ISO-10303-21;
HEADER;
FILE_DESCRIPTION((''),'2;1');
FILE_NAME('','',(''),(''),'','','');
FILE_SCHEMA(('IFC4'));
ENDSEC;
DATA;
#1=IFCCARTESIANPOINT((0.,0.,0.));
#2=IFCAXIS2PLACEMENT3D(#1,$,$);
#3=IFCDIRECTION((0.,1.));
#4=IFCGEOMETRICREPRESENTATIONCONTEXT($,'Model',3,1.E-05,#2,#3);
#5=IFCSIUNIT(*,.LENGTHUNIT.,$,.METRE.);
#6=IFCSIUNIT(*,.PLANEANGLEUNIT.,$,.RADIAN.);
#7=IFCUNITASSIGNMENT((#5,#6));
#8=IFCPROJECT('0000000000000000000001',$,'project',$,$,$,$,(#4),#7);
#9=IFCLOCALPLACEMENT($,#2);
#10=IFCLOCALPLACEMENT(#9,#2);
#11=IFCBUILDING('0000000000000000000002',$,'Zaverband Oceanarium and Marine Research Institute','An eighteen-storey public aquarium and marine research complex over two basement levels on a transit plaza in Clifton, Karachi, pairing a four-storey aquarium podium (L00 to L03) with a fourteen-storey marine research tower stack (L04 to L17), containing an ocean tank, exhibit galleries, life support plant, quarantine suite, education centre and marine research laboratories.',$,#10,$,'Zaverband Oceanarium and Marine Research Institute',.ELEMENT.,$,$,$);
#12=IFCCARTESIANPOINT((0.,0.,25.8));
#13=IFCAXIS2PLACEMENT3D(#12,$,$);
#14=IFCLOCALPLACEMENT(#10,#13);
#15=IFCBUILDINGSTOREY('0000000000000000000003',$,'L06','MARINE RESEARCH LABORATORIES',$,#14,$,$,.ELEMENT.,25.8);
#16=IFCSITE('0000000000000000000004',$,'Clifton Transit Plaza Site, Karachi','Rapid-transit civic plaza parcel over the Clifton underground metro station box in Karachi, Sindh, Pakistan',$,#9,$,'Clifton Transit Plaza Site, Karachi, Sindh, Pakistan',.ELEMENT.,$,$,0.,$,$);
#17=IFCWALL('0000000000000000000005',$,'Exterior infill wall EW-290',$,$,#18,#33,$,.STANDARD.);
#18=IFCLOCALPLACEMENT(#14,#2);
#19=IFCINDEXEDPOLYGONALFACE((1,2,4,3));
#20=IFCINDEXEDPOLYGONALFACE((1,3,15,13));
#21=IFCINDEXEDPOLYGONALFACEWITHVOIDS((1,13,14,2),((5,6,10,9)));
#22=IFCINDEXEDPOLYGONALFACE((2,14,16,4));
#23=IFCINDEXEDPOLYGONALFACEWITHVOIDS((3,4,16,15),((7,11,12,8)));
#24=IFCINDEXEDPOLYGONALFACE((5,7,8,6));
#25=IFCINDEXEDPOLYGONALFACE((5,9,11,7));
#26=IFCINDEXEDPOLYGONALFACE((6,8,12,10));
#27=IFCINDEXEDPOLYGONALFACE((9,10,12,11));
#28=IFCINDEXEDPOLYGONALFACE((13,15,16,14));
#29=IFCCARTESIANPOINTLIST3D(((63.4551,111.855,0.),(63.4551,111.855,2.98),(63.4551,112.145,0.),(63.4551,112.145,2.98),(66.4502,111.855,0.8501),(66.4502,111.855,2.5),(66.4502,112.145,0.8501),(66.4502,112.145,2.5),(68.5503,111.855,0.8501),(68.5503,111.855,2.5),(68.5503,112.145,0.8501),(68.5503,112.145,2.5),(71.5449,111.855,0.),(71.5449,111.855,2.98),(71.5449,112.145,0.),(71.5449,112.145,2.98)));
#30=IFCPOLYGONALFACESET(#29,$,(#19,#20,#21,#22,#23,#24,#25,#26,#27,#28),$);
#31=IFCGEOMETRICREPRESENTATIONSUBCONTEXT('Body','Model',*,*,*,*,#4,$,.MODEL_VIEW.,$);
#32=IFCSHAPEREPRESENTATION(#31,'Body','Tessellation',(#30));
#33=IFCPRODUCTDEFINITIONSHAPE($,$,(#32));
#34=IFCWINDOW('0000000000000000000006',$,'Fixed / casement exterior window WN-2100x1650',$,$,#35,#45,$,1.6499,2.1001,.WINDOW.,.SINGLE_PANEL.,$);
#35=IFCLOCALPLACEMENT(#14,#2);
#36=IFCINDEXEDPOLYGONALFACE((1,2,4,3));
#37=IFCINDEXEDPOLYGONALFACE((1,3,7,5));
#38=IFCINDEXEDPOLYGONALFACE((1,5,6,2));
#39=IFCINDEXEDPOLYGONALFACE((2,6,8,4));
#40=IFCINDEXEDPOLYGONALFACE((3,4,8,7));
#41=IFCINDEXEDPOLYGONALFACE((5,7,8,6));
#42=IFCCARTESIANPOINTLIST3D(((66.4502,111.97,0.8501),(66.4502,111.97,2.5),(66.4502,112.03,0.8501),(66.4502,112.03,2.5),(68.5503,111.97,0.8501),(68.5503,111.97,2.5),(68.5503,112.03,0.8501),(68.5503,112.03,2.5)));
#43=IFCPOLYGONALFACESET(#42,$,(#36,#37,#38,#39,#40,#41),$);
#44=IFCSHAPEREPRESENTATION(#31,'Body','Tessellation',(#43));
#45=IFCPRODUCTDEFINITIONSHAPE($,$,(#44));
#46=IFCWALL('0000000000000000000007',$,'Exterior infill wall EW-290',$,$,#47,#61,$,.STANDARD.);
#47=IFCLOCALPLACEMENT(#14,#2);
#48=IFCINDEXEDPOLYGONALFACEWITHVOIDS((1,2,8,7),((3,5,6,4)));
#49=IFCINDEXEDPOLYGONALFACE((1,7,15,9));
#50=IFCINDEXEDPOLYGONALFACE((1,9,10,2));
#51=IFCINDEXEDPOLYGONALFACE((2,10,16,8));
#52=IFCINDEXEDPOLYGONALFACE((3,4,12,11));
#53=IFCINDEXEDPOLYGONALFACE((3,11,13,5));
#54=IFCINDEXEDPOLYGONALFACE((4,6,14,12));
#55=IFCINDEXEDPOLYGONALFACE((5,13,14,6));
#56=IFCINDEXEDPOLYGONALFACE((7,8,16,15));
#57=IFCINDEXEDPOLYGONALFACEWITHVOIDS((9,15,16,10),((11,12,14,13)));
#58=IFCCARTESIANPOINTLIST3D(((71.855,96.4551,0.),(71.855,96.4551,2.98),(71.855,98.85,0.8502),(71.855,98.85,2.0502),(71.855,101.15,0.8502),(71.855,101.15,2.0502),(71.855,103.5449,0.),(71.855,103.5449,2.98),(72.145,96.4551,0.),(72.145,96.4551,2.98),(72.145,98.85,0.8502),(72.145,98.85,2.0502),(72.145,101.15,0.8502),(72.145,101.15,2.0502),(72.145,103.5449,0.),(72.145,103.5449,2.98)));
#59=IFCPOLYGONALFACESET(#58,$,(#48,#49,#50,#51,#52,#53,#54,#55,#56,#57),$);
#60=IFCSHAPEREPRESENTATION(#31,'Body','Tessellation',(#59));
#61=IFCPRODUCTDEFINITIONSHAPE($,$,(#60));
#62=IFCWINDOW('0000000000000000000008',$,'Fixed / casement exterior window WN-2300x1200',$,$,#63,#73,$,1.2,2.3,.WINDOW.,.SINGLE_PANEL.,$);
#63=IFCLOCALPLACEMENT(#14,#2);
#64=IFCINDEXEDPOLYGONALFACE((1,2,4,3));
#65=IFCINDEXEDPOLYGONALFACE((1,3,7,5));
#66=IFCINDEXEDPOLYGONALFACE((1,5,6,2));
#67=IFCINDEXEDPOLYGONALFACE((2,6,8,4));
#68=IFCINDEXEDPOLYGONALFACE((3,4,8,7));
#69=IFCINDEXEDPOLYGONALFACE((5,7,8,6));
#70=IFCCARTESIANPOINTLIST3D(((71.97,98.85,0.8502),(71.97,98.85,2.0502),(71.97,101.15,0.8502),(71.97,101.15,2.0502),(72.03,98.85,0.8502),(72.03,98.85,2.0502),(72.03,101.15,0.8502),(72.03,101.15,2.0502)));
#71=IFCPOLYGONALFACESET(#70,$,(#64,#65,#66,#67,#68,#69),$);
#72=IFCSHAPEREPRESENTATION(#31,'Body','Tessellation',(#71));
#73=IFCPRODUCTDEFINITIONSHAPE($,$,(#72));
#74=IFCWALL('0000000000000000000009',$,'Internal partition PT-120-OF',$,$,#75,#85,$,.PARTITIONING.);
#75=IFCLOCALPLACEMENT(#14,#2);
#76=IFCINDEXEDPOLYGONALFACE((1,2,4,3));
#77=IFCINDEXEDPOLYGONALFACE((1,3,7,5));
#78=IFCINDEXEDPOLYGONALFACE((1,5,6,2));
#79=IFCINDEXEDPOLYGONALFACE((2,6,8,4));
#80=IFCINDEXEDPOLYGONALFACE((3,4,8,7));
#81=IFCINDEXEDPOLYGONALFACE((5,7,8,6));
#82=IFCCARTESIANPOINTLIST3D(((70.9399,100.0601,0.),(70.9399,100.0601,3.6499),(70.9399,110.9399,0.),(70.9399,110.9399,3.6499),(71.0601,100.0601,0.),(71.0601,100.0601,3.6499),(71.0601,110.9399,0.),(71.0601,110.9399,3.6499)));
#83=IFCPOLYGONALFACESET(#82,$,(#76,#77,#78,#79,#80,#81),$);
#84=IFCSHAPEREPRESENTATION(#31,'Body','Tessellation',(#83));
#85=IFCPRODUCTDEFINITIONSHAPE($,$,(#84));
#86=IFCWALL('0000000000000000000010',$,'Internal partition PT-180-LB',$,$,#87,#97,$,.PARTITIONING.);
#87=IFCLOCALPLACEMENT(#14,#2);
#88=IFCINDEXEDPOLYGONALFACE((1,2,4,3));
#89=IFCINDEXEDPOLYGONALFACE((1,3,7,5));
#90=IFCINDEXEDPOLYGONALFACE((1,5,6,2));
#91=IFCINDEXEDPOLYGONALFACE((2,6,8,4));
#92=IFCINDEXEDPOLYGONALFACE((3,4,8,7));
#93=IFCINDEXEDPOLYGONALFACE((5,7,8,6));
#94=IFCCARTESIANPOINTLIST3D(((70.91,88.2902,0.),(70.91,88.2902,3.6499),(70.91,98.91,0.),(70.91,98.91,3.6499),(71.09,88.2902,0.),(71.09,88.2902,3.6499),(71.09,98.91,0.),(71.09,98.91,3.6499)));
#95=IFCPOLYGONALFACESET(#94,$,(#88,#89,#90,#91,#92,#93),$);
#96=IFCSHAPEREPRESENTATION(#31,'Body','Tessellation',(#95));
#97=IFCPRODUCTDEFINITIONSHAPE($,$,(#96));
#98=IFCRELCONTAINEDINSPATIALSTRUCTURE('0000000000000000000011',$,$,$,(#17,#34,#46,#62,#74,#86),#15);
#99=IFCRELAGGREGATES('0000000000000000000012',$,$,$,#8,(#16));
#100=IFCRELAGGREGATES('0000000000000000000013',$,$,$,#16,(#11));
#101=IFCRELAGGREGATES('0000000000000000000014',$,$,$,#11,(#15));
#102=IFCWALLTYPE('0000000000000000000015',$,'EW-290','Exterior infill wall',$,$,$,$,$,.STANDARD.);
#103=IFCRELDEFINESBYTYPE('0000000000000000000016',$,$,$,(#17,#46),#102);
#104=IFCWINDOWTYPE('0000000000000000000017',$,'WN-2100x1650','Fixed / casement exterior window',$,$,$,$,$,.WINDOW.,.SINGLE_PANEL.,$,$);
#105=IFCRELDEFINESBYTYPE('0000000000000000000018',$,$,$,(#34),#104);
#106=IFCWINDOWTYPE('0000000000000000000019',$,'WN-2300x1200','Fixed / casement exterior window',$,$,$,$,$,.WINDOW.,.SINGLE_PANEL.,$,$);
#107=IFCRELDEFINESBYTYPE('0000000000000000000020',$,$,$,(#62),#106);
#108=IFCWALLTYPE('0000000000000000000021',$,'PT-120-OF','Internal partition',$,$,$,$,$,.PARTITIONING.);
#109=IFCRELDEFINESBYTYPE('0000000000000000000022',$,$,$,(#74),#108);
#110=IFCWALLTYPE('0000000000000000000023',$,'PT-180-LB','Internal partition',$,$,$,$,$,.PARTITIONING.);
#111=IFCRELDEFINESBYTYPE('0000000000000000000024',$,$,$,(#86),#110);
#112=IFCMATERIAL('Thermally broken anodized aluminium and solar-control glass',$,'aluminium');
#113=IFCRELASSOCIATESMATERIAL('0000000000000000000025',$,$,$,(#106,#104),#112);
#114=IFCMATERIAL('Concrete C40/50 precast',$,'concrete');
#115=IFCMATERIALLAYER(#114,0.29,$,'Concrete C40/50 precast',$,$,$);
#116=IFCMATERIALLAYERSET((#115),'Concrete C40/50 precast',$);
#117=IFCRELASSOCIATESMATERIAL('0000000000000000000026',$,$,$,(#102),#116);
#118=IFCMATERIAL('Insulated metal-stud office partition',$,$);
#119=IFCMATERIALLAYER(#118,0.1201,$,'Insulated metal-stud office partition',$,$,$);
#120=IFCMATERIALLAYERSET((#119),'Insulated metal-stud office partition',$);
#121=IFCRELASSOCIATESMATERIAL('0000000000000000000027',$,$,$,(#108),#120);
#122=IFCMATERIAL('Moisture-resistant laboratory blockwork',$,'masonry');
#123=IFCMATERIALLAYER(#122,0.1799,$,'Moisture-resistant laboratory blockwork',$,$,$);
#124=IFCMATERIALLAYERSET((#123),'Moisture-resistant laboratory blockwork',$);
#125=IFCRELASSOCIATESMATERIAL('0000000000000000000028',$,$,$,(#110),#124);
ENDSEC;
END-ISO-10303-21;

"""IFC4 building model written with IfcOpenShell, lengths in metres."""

from ifc_helpers import new_model, si_unit, direction, frame, frame_2d, origin, place, context, subcontext, project, spatial, rectangle, extrude, material, layer, layer_set, type_object, element, fill, save


model = new_model("IFC4")

# Units and contexts
model_context = context("Model", 3, precision=1e-05, world=origin(), true_north=direction((0.0, 1.0)))
body_context = subcontext(model_context, "Body", "Model", "MODEL_VIEW")
ifc_project = project(units=[si_unit("LENGTHUNIT", "METRE"), si_unit("PLANEANGLEUNIT", "RADIAN")], contexts=[model_context])

# Site, building, storey
site_placement = place(None, origin())
site = spatial("IfcSite", under=ifc_project, at=site_placement, Name="Clifton Transit Plaza Site, Karachi", Description="Rapid-transit civic plaza parcel over the Clifton underground metro station box in Karachi, Sindh, Pakistan", LongName="Clifton Transit Plaza Site, Karachi, Sindh, Pakistan", CompositionType="ELEMENT", RefElevation=0.0)
building_placement = place(site_placement, origin())
building = spatial("IfcBuilding", under=site, at=building_placement, Name="Zaverband Oceanarium and Marine Research Institute", Description="An eighteen-storey public aquarium and marine research complex over two basement levels on a transit plaza in Clifton, Karachi, pairing a four-storey aquarium podium (L00 to L03) with a fourteen-storey marine research tower stack (L04 to L17), containing an ocean tank, exhibit galleries, life support plant, quarantine suite, education centre and marine research laboratories.", LongName="Zaverband Oceanarium and Marine Research Institute", CompositionType="ELEMENT")
storey_placement = place(building_placement, frame((0.0, 0.0, 25.8)))
storey = spatial("IfcBuildingStorey", under=building, at=storey_placement, Name="L06", Description="MARINE RESEARCH LABORATORIES", CompositionType="ELEMENT", Elevation=25.8)

# Walls, openings, windows
ifc_material_1 = material(Name="Concrete C40/50 precast", Category="concrete")
ifc_material_2 = material(Name="Thermally broken anodized aluminium and solar-control glass", Category="aluminium")
window_type_1 = type_object("IfcWindowType", Name="WN-2300x1200", Description="Fixed / casement exterior window", PartitioningType="SINGLE_PANEL", PredefinedType="WINDOW", material=ifc_material_2)
ifc_layer_1 = layer(ifc_material_1, 0.29, Name="Concrete C40/50 precast")
ifc_layer_set_1 = layer_set([ifc_layer_1], Name="Concrete C40/50 precast")
wall_type_1 = type_object("IfcWallType", Name="EW-290", Description="Exterior infill wall", PredefinedType="STANDARD", material=ifc_layer_set_1)
wall_1_placement = place(storey_placement, frame((63.4551, 112.0, 0.0), z_axis=(0.0, 0.0, 1.0), x_axis=(1.0, 0.0, 0.0)))
wall_1 = element("IfcWall", 1, at=wall_1_placement, inside=storey, type_object=wall_type_1, Name="Exterior infill wall EW-290", PredefinedType="STANDARD", context=body_context, shape_type="SweptSolid", body=[
    extrude(rectangle(XDim=8.0898, YDim=0.29, at=frame_2d((4.0449, 0.0))), origin(), (0.0, 0.0, 1.0), 2.98),
])
opening_1_placement = place(wall_1_placement, frame((2.9951, 0.0, 0.8501)))
opening_1 = element("IfcOpeningElement", 2, at=opening_1_placement, cuts=wall_1, PredefinedType="OPENING", context=body_context, shape_type="SweptSolid", body=[
    extrude(rectangle(XDim=2.1001, YDim=1.6499, at=frame_2d((1.05, 0.825))), frame((0.0, 0.157, 0.0), z_axis=(0.0, -1.0, 0.0), x_axis=(1.0, 0.0, 0.0)), (0.0, 0.0, 1.0), 0.314),
])
window_type_2 = type_object("IfcWindowType", Name="WN-2100x1650", Description="Fixed / casement exterior window", PartitioningType="SINGLE_PANEL", PredefinedType="WINDOW", material=ifc_material_2)
window_1_placement = place(opening_1_placement, origin())
window_1 = element("IfcWindow", 3, at=window_1_placement, inside=storey, type_object=window_type_2, Name="Fixed / casement exterior window WN-2100x1650", OverallHeight=1.6499, OverallWidth=2.1001, PartitioningType="SINGLE_PANEL", PredefinedType="WINDOW", context=body_context, shape_type="SweptSolid", body=[
    extrude(rectangle(XDim=2.1001, YDim=1.6499, at=frame_2d((1.05, 0.825))), frame((0.0, 0.03, 0.0), z_axis=(0.0, -1.0, 0.0), x_axis=(1.0, 0.0, 0.0)), (0.0, 0.0, 1.0), 0.0601),
])
fill(opening_1, window_1)
wall_2_placement = place(storey_placement, frame((72.0, 96.4551, 0.0), z_axis=(0.0, 0.0, 1.0), x_axis=(0.0, 1.0, 0.0)))
wall_2 = element("IfcWall", 4, at=wall_2_placement, inside=storey, type_object=wall_type_1, Name="Exterior infill wall EW-290", PredefinedType="STANDARD", context=body_context, shape_type="SweptSolid", body=[
    extrude(rectangle(XDim=7.0898, YDim=0.29, at=frame_2d((3.5449, 0.0))), origin(), (0.0, 0.0, 1.0), 2.98),
])
opening_2_placement = place(wall_2_placement, frame((2.395, 0.0, 0.8501)))
opening_2 = element("IfcOpeningElement", 5, at=opening_2_placement, cuts=wall_2, PredefinedType="OPENING", context=body_context, shape_type="SweptSolid", body=[
    extrude(rectangle(XDim=2.3, YDim=1.2, at=frame_2d((1.1499, 0.6001))), frame((0.0, 0.157, 0.0), z_axis=(0.0, -1.0, 0.0), x_axis=(1.0, 0.0, 0.0)), (0.0, 0.0, 1.0), 0.314),
])
window_2_placement = place(opening_2_placement, origin())
window_2 = element("IfcWindow", 6, at=window_2_placement, inside=storey, type_object=window_type_1, Name="Fixed / casement exterior window WN-2300x1200", OverallHeight=1.2, OverallWidth=2.3, PartitioningType="SINGLE_PANEL", PredefinedType="WINDOW", context=body_context, shape_type="SweptSolid", body=[
    extrude(rectangle(XDim=2.3, YDim=1.2, at=frame_2d((1.1499, 0.6001))), frame((0.0, 0.03, 0.0), z_axis=(0.0, -1.0, 0.0), x_axis=(1.0, 0.0, 0.0)), (0.0, 0.0, 1.0), 0.0601),
])
fill(opening_2, window_2)

# Walls
ifc_material_3 = material(Name="Insulated metal-stud office partition")
ifc_layer_2 = layer(ifc_material_3, 0.1201, Name="Insulated metal-stud office partition")
ifc_layer_set_2 = layer_set([ifc_layer_2], Name="Insulated metal-stud office partition")
wall_type_2 = type_object("IfcWallType", Name="PT-120-OF", Description="Internal partition", PredefinedType="PARTITIONING", material=ifc_layer_set_2)
wall_3_placement = place(storey_placement, frame((71.0, 100.0601, 0.0), z_axis=(0.0, 0.0, 1.0), x_axis=(0.0, 1.0, 0.0)))
element("IfcWall", 7, at=wall_3_placement, inside=storey, type_object=wall_type_2, Name="Internal partition PT-120-OF", PredefinedType="PARTITIONING", context=body_context, shape_type="SweptSolid", body=[
    extrude(rectangle(XDim=10.8799, YDim=0.1201, at=frame_2d((5.4399, 0.0))), origin(), (0.0, 0.0, 1.0), 3.6499),
])
ifc_material_4 = material(Name="Moisture-resistant laboratory blockwork", Category="masonry")
ifc_layer_3 = layer(ifc_material_4, 0.1799, Name="Moisture-resistant laboratory blockwork")
ifc_layer_set_3 = layer_set([ifc_layer_3], Name="Moisture-resistant laboratory blockwork")
wall_type_3 = type_object("IfcWallType", Name="PT-180-LB", Description="Internal partition", PredefinedType="PARTITIONING", material=ifc_layer_set_3)
wall_4_placement = place(storey_placement, frame((71.0, 88.29, 0.0), z_axis=(0.0, 0.0, 1.0), x_axis=(0.0, 1.0, 0.0)))
element("IfcWall", 8, at=wall_4_placement, inside=storey, type_object=wall_type_3, Name="Internal partition PT-180-LB", PredefinedType="PARTITIONING", context=body_context, shape_type="SweptSolid", body=[
    extrude(rectangle(XDim=10.6199, YDim=0.1799, at=frame_2d((5.3101, 0.0))), origin(), (0.0, 0.0, 1.0), 3.6499),
])

save(model, "model.ifc")
